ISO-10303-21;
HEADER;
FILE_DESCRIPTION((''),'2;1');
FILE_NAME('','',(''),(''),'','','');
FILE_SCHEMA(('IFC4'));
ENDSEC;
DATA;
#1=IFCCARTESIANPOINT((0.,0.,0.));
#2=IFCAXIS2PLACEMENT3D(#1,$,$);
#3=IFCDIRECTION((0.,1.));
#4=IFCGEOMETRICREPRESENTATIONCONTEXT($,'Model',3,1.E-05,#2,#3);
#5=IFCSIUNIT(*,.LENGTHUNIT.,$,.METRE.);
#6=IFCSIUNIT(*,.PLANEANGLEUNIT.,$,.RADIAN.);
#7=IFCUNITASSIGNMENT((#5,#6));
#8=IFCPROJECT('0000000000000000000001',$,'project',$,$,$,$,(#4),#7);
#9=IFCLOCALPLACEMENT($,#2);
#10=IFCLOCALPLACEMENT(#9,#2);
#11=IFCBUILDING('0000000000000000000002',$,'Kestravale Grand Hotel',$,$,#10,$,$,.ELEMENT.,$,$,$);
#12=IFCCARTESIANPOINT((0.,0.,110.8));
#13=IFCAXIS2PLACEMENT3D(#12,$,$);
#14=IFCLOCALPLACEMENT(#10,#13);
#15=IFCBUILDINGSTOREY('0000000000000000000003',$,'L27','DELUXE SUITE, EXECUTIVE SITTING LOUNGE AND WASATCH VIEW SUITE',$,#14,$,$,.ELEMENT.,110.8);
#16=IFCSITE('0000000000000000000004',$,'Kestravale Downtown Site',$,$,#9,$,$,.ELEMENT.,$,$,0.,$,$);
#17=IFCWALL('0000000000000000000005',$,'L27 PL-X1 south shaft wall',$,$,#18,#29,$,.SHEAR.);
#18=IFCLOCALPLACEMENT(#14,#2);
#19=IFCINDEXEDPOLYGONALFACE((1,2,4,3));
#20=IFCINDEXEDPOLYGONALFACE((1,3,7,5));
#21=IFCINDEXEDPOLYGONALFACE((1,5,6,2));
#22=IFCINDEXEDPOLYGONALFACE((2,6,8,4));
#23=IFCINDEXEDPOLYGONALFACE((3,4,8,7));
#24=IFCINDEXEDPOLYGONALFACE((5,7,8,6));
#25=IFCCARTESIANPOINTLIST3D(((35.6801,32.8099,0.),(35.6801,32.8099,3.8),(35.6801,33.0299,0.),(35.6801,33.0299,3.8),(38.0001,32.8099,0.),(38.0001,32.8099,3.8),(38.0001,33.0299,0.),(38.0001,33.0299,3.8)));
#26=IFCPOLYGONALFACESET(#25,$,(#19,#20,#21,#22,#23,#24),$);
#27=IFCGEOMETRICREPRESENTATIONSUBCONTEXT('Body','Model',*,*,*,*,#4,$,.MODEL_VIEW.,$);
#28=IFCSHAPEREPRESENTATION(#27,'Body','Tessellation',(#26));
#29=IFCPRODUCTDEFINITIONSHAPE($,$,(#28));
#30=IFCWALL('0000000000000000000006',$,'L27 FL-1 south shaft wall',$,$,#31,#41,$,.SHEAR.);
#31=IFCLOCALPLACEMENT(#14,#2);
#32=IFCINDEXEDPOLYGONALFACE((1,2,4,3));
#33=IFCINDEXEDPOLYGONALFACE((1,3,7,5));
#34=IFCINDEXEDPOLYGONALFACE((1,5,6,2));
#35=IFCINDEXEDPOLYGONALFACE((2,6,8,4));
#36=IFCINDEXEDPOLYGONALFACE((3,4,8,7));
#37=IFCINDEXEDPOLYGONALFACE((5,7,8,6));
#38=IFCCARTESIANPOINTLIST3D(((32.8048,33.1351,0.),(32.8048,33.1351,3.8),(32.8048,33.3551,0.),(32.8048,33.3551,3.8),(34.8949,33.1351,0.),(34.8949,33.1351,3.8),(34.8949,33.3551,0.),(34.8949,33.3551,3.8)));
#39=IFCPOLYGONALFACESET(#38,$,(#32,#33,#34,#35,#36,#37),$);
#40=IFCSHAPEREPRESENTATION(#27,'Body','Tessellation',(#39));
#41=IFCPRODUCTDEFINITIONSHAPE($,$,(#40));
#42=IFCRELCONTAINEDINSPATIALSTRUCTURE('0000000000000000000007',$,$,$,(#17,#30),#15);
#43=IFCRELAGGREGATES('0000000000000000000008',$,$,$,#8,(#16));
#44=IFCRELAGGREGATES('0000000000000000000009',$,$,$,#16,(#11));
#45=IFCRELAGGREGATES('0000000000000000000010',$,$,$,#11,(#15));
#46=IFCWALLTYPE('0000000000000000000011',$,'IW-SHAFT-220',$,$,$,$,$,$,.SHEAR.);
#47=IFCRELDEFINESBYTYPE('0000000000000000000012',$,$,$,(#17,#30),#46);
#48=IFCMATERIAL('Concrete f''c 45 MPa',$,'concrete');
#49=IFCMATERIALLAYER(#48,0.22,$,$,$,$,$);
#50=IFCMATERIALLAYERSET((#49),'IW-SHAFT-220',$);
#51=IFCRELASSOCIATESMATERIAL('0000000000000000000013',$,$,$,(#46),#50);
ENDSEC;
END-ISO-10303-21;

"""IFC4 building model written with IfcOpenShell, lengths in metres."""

from ifc_helpers import new_model, si_unit, direction, frame, frame_2d, origin, place, context, subcontext, project, spatial, rectangle, extrude, material, layer, layer_set, type_object, element, save


model = new_model("IFC4")

# Units and contexts
model_context = context("Model", 3, precision=1e-05, world=origin(), true_north=direction((0.0, 1.0)))
body_context = subcontext(model_context, "Body", "Model", "MODEL_VIEW")
ifc_project = project(units=[si_unit("LENGTHUNIT", "METRE"), si_unit("PLANEANGLEUNIT", "RADIAN")], contexts=[model_context])

# Site, building, storey
site_placement = place(None, origin())
site = spatial("IfcSite", under=ifc_project, at=site_placement, Name="Kestravale Downtown Site", CompositionType="ELEMENT", RefElevation=0.0)
building_placement = place(site_placement, origin())
building = spatial("IfcBuilding", under=site, at=building_placement, Name="Kestravale Grand Hotel", CompositionType="ELEMENT")
storey_placement = place(building_placement, frame((0.0, 0.0, 110.8)))
storey = spatial("IfcBuildingStorey", under=building, at=storey_placement, Name="L27", Description="DELUXE SUITE, EXECUTIVE SITTING LOUNGE AND WASATCH VIEW SUITE", CompositionType="ELEMENT", Elevation=110.8)

# Shared definitions
ifc_material_1 = material(Name="Concrete f'c 45 MPa", Category="concrete")
ifc_layer_1 = layer(ifc_material_1, 0.22)
ifc_layer_set_1 = layer_set([ifc_layer_1], Name="IW-SHAFT-220")
wall_type_1 = type_object("IfcWallType", Name="IW-SHAFT-220", PredefinedType="SHEAR", material=ifc_layer_set_1)

# Wall
for number, where, z_axis, x_axis, name in (
    (1, (35.6799, 32.9199, 0.0), (0.0, 0.0, 1.0), (1.0, 0.0, 0.0), "L27 PL-X1 south shaft wall"),
):
    element("IfcWall", number, at=place(storey_placement, frame(where, z_axis=z_axis, x_axis=x_axis)), inside=storey, type_object=wall_type_1, Name=name, PredefinedType="SHEAR", context=body_context, shape_type="SweptSolid", body=[
        extrude(rectangle(XDim=2.3201, YDim=0.22, at=frame_2d((1.1602, 0.0))), origin(), (0.0, 0.0, 1.0), 3.8),
    ])

# Wall
wall_1_placement = place(storey_placement, frame((32.8049, 33.2451, 0.0), z_axis=(0.0, 0.0, 1.0), x_axis=(1.0, 0.0, 0.0)))
element("IfcWall", 2, at=wall_1_placement, inside=storey, type_object=wall_type_1, Name="L27 FL-1 south shaft wall", PredefinedType="SHEAR", context=body_context, shape_type="SweptSolid", body=[
    extrude(rectangle(XDim=2.0901, YDim=0.22, at=frame_2d((1.0449, 0.0))), origin(), (0.0, 0.0, 1.0), 3.8),
])

save(model, "model.ifc")
